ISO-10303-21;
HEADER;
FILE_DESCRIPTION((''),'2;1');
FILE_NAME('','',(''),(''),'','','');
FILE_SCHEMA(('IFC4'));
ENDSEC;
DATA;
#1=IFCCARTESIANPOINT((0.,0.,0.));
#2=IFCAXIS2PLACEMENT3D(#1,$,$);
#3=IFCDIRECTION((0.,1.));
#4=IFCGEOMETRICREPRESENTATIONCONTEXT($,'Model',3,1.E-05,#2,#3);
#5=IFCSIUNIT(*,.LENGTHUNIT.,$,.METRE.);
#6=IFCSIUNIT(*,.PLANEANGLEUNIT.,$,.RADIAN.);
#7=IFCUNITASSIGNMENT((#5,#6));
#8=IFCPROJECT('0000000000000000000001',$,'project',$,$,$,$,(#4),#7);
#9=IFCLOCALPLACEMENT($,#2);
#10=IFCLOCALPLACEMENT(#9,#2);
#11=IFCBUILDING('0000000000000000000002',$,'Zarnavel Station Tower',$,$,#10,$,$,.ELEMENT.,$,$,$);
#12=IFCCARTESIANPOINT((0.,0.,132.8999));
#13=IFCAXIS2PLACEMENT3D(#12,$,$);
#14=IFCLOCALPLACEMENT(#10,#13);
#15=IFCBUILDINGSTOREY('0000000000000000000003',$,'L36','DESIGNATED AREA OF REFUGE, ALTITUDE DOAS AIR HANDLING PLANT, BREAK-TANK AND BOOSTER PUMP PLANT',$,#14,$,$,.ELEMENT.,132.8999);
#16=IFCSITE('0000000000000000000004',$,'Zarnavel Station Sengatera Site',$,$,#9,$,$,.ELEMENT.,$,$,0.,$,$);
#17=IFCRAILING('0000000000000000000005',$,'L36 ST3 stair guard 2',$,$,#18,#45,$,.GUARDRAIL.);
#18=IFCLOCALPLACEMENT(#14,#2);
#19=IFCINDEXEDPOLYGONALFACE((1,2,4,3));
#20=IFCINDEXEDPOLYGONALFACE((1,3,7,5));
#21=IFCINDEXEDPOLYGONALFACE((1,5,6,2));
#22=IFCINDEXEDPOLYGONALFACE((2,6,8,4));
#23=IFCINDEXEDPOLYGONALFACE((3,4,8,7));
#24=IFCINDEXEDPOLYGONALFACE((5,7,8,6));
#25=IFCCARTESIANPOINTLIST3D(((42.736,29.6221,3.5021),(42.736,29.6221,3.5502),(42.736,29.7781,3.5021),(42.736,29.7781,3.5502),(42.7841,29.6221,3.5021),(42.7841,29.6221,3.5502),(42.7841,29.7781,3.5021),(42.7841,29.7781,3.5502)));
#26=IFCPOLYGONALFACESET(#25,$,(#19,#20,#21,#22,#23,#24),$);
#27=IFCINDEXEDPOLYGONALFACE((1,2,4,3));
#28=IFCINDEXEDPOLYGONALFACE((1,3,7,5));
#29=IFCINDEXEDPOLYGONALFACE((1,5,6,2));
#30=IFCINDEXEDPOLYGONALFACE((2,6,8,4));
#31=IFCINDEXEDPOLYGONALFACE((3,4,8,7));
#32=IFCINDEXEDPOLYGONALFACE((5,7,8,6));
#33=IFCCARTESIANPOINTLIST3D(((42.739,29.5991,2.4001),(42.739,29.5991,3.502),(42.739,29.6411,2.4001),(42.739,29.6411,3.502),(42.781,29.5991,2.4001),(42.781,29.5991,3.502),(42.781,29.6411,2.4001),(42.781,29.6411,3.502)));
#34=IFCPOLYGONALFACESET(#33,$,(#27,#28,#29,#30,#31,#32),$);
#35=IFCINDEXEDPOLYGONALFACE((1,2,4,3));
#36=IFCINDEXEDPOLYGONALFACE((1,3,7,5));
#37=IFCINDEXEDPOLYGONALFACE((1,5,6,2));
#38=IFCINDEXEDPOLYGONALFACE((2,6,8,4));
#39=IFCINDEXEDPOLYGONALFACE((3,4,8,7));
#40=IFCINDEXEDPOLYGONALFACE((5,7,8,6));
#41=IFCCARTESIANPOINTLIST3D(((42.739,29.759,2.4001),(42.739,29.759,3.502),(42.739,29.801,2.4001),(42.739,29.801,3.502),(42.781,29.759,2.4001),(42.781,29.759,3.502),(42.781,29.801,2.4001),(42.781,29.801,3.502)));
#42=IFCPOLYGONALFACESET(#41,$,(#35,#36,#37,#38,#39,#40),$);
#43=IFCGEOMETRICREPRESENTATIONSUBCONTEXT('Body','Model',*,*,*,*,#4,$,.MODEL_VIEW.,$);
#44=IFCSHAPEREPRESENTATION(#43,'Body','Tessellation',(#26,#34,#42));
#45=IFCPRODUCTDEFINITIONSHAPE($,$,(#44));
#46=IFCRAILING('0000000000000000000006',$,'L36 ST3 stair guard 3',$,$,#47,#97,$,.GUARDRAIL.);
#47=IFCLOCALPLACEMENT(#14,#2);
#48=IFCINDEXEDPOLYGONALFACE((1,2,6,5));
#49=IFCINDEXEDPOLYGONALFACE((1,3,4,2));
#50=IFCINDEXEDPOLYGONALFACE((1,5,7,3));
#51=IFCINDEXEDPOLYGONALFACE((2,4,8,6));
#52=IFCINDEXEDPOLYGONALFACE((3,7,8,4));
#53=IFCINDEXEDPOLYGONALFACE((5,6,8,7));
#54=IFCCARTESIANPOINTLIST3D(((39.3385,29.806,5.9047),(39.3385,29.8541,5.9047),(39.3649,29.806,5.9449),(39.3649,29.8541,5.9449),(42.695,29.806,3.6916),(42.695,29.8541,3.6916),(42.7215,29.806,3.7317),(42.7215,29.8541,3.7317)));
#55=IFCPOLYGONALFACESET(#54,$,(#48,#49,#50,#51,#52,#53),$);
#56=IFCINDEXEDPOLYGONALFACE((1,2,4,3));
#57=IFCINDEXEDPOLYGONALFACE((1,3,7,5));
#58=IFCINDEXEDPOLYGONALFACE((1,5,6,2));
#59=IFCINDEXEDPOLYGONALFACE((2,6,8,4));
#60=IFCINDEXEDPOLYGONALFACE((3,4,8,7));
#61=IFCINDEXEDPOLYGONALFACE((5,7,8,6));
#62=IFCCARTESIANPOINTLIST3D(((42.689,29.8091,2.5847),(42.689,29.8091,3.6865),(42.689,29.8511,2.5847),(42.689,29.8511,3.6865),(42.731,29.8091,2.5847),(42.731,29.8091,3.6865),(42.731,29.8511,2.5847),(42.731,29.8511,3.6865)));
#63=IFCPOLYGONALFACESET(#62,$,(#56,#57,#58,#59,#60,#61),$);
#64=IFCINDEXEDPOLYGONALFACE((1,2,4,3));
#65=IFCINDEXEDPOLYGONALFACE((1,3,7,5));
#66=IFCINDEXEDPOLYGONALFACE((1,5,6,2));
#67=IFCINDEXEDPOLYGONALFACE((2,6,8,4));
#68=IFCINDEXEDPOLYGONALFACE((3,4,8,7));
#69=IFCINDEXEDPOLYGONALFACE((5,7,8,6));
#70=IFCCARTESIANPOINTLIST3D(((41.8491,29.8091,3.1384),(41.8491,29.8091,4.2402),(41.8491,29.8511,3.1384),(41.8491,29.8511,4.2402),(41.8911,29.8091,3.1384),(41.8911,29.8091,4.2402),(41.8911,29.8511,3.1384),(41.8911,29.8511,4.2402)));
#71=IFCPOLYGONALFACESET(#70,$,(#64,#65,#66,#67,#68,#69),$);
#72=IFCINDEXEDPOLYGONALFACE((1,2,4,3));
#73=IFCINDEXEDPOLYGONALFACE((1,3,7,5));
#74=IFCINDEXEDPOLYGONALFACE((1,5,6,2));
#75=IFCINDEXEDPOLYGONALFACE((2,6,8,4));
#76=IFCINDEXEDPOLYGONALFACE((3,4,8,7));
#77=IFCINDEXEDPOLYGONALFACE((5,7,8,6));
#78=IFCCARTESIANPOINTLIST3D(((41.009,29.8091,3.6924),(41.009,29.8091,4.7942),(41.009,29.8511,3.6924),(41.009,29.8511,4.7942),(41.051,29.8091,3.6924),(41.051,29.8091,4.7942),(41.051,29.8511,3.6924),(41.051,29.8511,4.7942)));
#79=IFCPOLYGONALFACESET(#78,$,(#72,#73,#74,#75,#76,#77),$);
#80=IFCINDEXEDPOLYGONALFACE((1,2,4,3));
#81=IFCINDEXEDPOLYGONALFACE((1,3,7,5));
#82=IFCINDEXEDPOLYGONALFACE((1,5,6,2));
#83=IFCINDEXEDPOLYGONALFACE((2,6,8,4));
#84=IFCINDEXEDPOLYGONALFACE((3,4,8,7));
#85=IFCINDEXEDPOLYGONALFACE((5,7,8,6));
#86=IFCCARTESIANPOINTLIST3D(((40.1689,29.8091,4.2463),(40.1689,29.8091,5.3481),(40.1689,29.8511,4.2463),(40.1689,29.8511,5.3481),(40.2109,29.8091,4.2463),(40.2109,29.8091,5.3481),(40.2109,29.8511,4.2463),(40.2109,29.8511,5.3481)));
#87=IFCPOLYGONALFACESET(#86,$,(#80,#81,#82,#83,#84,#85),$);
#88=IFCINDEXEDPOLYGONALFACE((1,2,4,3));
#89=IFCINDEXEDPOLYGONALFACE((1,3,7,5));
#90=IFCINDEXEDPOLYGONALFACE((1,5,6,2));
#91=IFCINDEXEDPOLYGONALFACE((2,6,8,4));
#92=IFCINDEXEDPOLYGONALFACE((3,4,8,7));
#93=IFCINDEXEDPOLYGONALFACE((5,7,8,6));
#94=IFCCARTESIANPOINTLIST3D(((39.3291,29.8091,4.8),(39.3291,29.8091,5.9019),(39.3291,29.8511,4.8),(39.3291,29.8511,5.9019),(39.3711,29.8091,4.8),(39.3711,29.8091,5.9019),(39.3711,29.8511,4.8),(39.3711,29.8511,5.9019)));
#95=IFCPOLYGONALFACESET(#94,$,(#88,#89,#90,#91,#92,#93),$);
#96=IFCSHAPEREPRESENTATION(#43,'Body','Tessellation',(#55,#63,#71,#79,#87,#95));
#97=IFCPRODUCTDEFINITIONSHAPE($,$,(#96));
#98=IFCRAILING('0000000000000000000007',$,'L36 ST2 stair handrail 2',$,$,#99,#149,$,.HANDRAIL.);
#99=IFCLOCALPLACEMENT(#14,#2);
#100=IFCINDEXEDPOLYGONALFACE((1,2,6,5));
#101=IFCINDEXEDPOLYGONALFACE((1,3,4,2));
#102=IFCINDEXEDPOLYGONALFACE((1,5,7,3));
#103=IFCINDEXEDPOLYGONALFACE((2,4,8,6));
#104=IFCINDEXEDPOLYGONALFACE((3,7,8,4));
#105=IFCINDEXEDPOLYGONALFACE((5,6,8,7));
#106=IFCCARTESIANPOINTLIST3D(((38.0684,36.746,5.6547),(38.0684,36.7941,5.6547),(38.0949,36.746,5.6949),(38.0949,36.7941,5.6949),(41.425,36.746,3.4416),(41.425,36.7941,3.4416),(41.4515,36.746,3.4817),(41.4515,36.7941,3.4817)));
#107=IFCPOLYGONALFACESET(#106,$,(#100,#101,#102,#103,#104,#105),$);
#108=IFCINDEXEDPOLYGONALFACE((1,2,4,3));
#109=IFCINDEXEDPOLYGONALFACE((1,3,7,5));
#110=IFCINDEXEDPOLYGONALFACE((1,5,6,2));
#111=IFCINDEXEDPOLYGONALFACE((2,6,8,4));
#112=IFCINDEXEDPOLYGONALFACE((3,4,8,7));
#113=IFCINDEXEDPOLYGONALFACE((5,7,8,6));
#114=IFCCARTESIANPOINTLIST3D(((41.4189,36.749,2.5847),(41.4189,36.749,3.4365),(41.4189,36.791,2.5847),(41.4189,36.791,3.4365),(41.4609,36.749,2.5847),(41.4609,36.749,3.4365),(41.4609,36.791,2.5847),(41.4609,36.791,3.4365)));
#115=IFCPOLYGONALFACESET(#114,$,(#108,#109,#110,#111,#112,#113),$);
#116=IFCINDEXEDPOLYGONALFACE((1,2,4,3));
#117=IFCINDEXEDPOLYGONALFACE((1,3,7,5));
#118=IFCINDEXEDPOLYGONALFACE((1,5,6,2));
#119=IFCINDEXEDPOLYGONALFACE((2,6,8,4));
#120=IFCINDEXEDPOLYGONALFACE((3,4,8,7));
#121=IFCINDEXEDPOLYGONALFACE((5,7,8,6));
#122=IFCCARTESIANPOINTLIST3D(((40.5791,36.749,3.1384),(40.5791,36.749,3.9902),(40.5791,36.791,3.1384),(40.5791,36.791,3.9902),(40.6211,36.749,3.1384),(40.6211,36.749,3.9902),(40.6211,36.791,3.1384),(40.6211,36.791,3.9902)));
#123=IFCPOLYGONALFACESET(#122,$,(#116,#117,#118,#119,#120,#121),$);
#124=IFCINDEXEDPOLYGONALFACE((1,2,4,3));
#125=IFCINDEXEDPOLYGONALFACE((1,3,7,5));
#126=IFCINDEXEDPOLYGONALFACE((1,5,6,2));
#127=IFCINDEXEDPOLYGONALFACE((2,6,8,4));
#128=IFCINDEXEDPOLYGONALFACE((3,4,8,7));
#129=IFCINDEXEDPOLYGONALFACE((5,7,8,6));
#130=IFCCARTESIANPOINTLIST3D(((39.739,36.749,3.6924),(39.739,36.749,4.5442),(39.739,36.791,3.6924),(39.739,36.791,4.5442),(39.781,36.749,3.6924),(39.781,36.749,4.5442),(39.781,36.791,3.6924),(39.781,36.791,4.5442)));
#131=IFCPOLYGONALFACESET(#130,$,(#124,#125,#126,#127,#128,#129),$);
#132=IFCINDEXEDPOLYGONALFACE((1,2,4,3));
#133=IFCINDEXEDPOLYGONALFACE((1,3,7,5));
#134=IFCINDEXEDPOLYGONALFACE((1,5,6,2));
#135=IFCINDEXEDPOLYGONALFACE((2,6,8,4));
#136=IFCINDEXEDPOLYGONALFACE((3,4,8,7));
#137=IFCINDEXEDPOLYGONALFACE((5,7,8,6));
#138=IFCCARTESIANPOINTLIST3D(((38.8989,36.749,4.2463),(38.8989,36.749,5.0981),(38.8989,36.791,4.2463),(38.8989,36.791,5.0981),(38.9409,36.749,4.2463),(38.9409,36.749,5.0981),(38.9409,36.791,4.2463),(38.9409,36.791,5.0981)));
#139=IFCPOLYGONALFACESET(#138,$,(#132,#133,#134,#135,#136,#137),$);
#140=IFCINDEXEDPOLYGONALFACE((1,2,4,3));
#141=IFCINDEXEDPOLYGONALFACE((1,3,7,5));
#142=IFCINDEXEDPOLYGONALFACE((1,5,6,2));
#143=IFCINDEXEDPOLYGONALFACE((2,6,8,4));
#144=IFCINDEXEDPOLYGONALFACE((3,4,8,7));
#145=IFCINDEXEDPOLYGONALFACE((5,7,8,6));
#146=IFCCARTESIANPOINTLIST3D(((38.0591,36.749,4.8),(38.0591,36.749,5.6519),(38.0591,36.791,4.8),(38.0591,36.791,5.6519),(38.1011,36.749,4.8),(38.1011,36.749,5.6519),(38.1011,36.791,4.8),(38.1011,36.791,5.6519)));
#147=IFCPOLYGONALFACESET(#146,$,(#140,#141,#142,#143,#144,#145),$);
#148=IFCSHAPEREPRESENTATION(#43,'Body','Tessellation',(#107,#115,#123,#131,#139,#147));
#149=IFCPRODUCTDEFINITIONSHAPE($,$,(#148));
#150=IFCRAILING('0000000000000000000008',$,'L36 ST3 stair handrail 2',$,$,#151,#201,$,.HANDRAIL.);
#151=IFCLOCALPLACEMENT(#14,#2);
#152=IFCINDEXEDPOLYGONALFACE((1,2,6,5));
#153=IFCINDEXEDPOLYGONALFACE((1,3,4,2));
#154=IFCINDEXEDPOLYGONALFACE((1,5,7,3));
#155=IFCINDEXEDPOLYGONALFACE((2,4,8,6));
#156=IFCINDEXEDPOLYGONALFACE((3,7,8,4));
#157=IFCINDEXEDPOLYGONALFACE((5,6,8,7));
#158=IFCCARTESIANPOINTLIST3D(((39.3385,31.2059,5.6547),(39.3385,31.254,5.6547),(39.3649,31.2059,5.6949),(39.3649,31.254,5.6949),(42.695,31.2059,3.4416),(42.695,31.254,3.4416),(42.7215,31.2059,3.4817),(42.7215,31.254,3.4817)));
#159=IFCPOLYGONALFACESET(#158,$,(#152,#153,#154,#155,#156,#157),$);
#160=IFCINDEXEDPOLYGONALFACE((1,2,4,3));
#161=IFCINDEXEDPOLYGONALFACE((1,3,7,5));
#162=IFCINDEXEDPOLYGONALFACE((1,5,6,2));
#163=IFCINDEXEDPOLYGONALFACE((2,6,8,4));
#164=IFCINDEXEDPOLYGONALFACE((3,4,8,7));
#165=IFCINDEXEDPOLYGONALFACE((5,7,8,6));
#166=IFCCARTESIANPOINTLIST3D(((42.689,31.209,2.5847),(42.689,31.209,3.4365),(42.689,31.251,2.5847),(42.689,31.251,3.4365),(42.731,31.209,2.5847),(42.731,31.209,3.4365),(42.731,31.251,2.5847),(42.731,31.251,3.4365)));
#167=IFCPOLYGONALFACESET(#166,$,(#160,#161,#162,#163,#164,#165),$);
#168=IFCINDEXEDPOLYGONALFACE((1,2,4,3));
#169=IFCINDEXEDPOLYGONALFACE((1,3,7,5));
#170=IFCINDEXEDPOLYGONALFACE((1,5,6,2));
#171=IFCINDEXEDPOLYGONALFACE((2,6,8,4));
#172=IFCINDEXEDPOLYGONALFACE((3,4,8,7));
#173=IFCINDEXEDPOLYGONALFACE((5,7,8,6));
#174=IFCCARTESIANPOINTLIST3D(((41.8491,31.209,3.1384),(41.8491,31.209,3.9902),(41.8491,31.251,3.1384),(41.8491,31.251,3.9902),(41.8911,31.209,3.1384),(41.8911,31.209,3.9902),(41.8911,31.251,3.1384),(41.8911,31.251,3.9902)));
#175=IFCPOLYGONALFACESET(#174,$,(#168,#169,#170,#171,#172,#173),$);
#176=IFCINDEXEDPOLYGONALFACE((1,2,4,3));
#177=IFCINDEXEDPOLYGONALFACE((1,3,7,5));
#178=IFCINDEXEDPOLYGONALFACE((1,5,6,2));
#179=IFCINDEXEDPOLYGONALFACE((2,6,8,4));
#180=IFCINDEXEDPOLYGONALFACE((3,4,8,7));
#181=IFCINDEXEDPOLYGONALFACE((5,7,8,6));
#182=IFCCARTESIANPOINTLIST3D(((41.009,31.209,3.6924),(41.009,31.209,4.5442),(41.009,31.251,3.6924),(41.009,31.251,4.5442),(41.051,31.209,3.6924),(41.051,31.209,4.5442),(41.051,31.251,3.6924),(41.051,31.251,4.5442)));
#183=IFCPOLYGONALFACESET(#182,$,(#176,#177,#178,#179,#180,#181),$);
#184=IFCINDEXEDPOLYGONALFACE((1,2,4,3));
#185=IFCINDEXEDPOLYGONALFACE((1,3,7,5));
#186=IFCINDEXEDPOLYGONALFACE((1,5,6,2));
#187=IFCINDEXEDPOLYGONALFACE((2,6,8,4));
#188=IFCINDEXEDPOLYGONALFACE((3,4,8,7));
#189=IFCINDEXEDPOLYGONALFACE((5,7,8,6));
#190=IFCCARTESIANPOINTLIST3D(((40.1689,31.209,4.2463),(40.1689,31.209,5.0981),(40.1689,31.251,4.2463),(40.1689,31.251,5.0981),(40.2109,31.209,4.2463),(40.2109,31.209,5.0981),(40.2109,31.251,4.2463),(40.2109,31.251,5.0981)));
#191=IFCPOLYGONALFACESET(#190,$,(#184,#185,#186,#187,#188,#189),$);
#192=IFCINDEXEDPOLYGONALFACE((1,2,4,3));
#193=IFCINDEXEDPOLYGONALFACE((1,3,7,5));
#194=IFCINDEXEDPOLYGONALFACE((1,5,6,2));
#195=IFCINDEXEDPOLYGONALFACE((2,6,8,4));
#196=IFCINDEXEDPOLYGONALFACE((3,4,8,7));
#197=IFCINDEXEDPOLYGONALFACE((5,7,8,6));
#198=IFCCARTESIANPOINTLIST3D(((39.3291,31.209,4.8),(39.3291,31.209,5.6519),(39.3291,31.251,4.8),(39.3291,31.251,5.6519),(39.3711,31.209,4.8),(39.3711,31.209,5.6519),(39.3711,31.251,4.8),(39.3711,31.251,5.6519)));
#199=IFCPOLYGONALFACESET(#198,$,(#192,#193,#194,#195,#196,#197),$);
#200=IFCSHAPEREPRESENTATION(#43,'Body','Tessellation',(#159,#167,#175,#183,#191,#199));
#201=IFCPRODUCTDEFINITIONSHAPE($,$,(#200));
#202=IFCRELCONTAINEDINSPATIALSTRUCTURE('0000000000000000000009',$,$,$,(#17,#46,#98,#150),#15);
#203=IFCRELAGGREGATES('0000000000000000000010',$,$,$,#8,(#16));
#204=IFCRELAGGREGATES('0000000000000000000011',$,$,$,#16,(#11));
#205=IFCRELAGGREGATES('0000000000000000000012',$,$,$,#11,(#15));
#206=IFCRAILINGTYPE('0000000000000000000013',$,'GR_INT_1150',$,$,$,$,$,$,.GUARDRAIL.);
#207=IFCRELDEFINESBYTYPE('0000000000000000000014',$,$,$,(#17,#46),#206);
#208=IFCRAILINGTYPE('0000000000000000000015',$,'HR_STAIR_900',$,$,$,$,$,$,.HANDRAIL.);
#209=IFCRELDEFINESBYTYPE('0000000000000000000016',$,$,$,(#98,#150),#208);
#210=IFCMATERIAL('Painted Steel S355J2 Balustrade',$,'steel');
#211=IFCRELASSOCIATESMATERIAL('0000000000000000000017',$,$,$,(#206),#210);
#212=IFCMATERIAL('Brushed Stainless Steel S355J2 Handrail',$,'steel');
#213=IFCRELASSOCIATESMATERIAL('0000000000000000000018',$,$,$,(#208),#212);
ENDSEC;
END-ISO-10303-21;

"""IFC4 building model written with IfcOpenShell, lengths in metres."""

from ifc_helpers import new_model, si_unit, direction, frame, origin, origin_2d, place, context, subcontext, project, spatial, rectangle, extrude, material, type_object, element, save


model = new_model("IFC4")

# Units and contexts
model_context = context("Model", 3, precision=1e-05, world=origin(), true_north=direction((0.0, 1.0)))
body_context = subcontext(model_context, "Body", "Model", "MODEL_VIEW")
ifc_project = project(units=[si_unit("LENGTHUNIT", "METRE"), si_unit("PLANEANGLEUNIT", "RADIAN")], contexts=[model_context])

# Site, building, storey
site_placement = place(None, origin())
site = spatial("IfcSite", under=ifc_project, at=site_placement, Name="Zarnavel Station Sengatera Site", CompositionType="ELEMENT", RefElevation=0.0)
building_placement = place(site_placement, origin())
building = spatial("IfcBuilding", under=site, at=building_placement, Name="Zarnavel Station Tower", CompositionType="ELEMENT")
storey_placement = place(building_placement, frame((0.0, 0.0, 132.8999)))
storey = spatial("IfcBuildingStorey", under=building, at=storey_placement, Name="L36", Description="DESIGNATED AREA OF REFUGE, ALTITUDE DOAS AIR HANDLING PLANT, BREAK-TANK AND BOOSTER PUMP PLANT", CompositionType="ELEMENT", Elevation=132.8999)

# Railings
ifc_material_1 = material(Name="Painted Steel S355J2 Balustrade", Category="steel")
railing_type_1 = type_object("IfcRailingType", Name="GR_INT_1150", PredefinedType="GUARDRAIL", material=ifc_material_1)
railing_1_placement = place(storey_placement, frame((42.76, 29.6201, 2.4001)))
element("IfcRailing", 1, at=railing_1_placement, inside=storey, type_object=railing_type_1, Name="L36 ST3 stair guard 2", PredefinedType="GUARDRAIL", context=body_context, shape_type="SweptSolid", body=[
    extrude(rectangle(XDim=0.0481, YDim=0.0481, at=origin_2d()), frame((0.0, 0.002, 1.126), z_axis=(0.0, 1.0, 0.0), x_axis=(-1.0, 0.0, 0.0)), (0.0, 0.0, 1.0), 0.156),
    extrude(rectangle(XDim=0.042, YDim=0.042, at=origin_2d()), origin(), (0.0, 0.0, 1.0), 1.1018),
    extrude(rectangle(XDim=0.042, YDim=0.042, at=origin_2d()), frame((0.0, 0.1599, 0.0)), (0.0, 0.0, 1.0), 1.1018),
])
railing_2_placement = place(storey_placement, frame((42.71, 29.8301, 2.5847)))
element("IfcRailing", 2, at=railing_2_placement, inside=storey, type_object=railing_type_1, Name="L36 ST3 stair guard 3", PredefinedType="GUARDRAIL", context=body_context, shape_type="SweptSolid", body=[
    extrude(rectangle(XDim=0.0481, YDim=0.0481, at=origin_2d()), frame((-0.0017, 0.0, 1.127), z_axis=(-0.834858, 0.0, 0.550465), x_axis=(0.0, -1.0, 0.0)), (0.0, 0.0, 1.0), 4.0205),
    extrude(rectangle(XDim=0.042, YDim=0.042, at=origin_2d()), origin(), (0.0, 0.0, 1.0), 1.1018),
    extrude(rectangle(XDim=0.042, YDim=0.042, at=origin_2d()), frame((-0.8398, 0.0, 0.5537)), (0.0, 0.0, 1.0), 1.1018),
    extrude(rectangle(XDim=0.042, YDim=0.042, at=origin_2d()), frame((-1.6799, 0.0, 1.1077)), (0.0, 0.0, 1.0), 1.1018),
    extrude(rectangle(XDim=0.042, YDim=0.042, at=origin_2d()), frame((-2.52, 0.0, 1.6616)), (0.0, 0.0, 1.0), 1.1018),
    extrude(rectangle(XDim=0.042, YDim=0.042, at=origin_2d()), frame((-3.3599, 0.0, 2.2153)), (0.0, 0.0, 1.0), 1.1018),
])
ifc_material_2 = material(Name="Brushed Stainless Steel S355J2 Handrail", Category="steel")
railing_type_2 = type_object("IfcRailingType", Name="HR_STAIR_900", PredefinedType="HANDRAIL", material=ifc_material_2)
for number, where, name in (
    (3, (41.4399, 36.77, 2.5847), "L36 ST2 stair handrail 2"),
    (4, (42.71, 31.23, 2.5847), "L36 ST3 stair handrail 2"),
):
    element("IfcRailing", number, at=place(storey_placement, frame(where)), inside=storey, type_object=railing_type_2, Name=name, PredefinedType="HANDRAIL", context=body_context, shape_type="SweptSolid", body=[
        extrude(rectangle(XDim=0.0481, YDim=0.0481, at=origin_2d()), frame((-0.0017, 0.0, 0.877), z_axis=(-0.834858, 0.0, 0.550465), x_axis=(0.0, -1.0, 0.0)), (0.0, 0.0, 1.0), 4.0205),
        extrude(rectangle(XDim=0.042, YDim=0.042, at=origin_2d()), origin(), (0.0, 0.0, 1.0), 0.8518),
        extrude(rectangle(XDim=0.042, YDim=0.042, at=origin_2d()), frame((-0.8398, 0.0, 0.5537)), (0.0, 0.0, 1.0), 0.8518),
        extrude(rectangle(XDim=0.042, YDim=0.042, at=origin_2d()), frame((-1.6799, 0.0, 1.1077)), (0.0, 0.0, 1.0), 0.8518),
        extrude(rectangle(XDim=0.042, YDim=0.042, at=origin_2d()), frame((-2.52, 0.0, 1.6616)), (0.0, 0.0, 1.0), 0.8518),
        extrude(rectangle(XDim=0.042, YDim=0.042, at=origin_2d()), frame((-3.3599, 0.0, 2.2153)), (0.0, 0.0, 1.0), 0.8518),
    ])

save(model, "model.ifc")
